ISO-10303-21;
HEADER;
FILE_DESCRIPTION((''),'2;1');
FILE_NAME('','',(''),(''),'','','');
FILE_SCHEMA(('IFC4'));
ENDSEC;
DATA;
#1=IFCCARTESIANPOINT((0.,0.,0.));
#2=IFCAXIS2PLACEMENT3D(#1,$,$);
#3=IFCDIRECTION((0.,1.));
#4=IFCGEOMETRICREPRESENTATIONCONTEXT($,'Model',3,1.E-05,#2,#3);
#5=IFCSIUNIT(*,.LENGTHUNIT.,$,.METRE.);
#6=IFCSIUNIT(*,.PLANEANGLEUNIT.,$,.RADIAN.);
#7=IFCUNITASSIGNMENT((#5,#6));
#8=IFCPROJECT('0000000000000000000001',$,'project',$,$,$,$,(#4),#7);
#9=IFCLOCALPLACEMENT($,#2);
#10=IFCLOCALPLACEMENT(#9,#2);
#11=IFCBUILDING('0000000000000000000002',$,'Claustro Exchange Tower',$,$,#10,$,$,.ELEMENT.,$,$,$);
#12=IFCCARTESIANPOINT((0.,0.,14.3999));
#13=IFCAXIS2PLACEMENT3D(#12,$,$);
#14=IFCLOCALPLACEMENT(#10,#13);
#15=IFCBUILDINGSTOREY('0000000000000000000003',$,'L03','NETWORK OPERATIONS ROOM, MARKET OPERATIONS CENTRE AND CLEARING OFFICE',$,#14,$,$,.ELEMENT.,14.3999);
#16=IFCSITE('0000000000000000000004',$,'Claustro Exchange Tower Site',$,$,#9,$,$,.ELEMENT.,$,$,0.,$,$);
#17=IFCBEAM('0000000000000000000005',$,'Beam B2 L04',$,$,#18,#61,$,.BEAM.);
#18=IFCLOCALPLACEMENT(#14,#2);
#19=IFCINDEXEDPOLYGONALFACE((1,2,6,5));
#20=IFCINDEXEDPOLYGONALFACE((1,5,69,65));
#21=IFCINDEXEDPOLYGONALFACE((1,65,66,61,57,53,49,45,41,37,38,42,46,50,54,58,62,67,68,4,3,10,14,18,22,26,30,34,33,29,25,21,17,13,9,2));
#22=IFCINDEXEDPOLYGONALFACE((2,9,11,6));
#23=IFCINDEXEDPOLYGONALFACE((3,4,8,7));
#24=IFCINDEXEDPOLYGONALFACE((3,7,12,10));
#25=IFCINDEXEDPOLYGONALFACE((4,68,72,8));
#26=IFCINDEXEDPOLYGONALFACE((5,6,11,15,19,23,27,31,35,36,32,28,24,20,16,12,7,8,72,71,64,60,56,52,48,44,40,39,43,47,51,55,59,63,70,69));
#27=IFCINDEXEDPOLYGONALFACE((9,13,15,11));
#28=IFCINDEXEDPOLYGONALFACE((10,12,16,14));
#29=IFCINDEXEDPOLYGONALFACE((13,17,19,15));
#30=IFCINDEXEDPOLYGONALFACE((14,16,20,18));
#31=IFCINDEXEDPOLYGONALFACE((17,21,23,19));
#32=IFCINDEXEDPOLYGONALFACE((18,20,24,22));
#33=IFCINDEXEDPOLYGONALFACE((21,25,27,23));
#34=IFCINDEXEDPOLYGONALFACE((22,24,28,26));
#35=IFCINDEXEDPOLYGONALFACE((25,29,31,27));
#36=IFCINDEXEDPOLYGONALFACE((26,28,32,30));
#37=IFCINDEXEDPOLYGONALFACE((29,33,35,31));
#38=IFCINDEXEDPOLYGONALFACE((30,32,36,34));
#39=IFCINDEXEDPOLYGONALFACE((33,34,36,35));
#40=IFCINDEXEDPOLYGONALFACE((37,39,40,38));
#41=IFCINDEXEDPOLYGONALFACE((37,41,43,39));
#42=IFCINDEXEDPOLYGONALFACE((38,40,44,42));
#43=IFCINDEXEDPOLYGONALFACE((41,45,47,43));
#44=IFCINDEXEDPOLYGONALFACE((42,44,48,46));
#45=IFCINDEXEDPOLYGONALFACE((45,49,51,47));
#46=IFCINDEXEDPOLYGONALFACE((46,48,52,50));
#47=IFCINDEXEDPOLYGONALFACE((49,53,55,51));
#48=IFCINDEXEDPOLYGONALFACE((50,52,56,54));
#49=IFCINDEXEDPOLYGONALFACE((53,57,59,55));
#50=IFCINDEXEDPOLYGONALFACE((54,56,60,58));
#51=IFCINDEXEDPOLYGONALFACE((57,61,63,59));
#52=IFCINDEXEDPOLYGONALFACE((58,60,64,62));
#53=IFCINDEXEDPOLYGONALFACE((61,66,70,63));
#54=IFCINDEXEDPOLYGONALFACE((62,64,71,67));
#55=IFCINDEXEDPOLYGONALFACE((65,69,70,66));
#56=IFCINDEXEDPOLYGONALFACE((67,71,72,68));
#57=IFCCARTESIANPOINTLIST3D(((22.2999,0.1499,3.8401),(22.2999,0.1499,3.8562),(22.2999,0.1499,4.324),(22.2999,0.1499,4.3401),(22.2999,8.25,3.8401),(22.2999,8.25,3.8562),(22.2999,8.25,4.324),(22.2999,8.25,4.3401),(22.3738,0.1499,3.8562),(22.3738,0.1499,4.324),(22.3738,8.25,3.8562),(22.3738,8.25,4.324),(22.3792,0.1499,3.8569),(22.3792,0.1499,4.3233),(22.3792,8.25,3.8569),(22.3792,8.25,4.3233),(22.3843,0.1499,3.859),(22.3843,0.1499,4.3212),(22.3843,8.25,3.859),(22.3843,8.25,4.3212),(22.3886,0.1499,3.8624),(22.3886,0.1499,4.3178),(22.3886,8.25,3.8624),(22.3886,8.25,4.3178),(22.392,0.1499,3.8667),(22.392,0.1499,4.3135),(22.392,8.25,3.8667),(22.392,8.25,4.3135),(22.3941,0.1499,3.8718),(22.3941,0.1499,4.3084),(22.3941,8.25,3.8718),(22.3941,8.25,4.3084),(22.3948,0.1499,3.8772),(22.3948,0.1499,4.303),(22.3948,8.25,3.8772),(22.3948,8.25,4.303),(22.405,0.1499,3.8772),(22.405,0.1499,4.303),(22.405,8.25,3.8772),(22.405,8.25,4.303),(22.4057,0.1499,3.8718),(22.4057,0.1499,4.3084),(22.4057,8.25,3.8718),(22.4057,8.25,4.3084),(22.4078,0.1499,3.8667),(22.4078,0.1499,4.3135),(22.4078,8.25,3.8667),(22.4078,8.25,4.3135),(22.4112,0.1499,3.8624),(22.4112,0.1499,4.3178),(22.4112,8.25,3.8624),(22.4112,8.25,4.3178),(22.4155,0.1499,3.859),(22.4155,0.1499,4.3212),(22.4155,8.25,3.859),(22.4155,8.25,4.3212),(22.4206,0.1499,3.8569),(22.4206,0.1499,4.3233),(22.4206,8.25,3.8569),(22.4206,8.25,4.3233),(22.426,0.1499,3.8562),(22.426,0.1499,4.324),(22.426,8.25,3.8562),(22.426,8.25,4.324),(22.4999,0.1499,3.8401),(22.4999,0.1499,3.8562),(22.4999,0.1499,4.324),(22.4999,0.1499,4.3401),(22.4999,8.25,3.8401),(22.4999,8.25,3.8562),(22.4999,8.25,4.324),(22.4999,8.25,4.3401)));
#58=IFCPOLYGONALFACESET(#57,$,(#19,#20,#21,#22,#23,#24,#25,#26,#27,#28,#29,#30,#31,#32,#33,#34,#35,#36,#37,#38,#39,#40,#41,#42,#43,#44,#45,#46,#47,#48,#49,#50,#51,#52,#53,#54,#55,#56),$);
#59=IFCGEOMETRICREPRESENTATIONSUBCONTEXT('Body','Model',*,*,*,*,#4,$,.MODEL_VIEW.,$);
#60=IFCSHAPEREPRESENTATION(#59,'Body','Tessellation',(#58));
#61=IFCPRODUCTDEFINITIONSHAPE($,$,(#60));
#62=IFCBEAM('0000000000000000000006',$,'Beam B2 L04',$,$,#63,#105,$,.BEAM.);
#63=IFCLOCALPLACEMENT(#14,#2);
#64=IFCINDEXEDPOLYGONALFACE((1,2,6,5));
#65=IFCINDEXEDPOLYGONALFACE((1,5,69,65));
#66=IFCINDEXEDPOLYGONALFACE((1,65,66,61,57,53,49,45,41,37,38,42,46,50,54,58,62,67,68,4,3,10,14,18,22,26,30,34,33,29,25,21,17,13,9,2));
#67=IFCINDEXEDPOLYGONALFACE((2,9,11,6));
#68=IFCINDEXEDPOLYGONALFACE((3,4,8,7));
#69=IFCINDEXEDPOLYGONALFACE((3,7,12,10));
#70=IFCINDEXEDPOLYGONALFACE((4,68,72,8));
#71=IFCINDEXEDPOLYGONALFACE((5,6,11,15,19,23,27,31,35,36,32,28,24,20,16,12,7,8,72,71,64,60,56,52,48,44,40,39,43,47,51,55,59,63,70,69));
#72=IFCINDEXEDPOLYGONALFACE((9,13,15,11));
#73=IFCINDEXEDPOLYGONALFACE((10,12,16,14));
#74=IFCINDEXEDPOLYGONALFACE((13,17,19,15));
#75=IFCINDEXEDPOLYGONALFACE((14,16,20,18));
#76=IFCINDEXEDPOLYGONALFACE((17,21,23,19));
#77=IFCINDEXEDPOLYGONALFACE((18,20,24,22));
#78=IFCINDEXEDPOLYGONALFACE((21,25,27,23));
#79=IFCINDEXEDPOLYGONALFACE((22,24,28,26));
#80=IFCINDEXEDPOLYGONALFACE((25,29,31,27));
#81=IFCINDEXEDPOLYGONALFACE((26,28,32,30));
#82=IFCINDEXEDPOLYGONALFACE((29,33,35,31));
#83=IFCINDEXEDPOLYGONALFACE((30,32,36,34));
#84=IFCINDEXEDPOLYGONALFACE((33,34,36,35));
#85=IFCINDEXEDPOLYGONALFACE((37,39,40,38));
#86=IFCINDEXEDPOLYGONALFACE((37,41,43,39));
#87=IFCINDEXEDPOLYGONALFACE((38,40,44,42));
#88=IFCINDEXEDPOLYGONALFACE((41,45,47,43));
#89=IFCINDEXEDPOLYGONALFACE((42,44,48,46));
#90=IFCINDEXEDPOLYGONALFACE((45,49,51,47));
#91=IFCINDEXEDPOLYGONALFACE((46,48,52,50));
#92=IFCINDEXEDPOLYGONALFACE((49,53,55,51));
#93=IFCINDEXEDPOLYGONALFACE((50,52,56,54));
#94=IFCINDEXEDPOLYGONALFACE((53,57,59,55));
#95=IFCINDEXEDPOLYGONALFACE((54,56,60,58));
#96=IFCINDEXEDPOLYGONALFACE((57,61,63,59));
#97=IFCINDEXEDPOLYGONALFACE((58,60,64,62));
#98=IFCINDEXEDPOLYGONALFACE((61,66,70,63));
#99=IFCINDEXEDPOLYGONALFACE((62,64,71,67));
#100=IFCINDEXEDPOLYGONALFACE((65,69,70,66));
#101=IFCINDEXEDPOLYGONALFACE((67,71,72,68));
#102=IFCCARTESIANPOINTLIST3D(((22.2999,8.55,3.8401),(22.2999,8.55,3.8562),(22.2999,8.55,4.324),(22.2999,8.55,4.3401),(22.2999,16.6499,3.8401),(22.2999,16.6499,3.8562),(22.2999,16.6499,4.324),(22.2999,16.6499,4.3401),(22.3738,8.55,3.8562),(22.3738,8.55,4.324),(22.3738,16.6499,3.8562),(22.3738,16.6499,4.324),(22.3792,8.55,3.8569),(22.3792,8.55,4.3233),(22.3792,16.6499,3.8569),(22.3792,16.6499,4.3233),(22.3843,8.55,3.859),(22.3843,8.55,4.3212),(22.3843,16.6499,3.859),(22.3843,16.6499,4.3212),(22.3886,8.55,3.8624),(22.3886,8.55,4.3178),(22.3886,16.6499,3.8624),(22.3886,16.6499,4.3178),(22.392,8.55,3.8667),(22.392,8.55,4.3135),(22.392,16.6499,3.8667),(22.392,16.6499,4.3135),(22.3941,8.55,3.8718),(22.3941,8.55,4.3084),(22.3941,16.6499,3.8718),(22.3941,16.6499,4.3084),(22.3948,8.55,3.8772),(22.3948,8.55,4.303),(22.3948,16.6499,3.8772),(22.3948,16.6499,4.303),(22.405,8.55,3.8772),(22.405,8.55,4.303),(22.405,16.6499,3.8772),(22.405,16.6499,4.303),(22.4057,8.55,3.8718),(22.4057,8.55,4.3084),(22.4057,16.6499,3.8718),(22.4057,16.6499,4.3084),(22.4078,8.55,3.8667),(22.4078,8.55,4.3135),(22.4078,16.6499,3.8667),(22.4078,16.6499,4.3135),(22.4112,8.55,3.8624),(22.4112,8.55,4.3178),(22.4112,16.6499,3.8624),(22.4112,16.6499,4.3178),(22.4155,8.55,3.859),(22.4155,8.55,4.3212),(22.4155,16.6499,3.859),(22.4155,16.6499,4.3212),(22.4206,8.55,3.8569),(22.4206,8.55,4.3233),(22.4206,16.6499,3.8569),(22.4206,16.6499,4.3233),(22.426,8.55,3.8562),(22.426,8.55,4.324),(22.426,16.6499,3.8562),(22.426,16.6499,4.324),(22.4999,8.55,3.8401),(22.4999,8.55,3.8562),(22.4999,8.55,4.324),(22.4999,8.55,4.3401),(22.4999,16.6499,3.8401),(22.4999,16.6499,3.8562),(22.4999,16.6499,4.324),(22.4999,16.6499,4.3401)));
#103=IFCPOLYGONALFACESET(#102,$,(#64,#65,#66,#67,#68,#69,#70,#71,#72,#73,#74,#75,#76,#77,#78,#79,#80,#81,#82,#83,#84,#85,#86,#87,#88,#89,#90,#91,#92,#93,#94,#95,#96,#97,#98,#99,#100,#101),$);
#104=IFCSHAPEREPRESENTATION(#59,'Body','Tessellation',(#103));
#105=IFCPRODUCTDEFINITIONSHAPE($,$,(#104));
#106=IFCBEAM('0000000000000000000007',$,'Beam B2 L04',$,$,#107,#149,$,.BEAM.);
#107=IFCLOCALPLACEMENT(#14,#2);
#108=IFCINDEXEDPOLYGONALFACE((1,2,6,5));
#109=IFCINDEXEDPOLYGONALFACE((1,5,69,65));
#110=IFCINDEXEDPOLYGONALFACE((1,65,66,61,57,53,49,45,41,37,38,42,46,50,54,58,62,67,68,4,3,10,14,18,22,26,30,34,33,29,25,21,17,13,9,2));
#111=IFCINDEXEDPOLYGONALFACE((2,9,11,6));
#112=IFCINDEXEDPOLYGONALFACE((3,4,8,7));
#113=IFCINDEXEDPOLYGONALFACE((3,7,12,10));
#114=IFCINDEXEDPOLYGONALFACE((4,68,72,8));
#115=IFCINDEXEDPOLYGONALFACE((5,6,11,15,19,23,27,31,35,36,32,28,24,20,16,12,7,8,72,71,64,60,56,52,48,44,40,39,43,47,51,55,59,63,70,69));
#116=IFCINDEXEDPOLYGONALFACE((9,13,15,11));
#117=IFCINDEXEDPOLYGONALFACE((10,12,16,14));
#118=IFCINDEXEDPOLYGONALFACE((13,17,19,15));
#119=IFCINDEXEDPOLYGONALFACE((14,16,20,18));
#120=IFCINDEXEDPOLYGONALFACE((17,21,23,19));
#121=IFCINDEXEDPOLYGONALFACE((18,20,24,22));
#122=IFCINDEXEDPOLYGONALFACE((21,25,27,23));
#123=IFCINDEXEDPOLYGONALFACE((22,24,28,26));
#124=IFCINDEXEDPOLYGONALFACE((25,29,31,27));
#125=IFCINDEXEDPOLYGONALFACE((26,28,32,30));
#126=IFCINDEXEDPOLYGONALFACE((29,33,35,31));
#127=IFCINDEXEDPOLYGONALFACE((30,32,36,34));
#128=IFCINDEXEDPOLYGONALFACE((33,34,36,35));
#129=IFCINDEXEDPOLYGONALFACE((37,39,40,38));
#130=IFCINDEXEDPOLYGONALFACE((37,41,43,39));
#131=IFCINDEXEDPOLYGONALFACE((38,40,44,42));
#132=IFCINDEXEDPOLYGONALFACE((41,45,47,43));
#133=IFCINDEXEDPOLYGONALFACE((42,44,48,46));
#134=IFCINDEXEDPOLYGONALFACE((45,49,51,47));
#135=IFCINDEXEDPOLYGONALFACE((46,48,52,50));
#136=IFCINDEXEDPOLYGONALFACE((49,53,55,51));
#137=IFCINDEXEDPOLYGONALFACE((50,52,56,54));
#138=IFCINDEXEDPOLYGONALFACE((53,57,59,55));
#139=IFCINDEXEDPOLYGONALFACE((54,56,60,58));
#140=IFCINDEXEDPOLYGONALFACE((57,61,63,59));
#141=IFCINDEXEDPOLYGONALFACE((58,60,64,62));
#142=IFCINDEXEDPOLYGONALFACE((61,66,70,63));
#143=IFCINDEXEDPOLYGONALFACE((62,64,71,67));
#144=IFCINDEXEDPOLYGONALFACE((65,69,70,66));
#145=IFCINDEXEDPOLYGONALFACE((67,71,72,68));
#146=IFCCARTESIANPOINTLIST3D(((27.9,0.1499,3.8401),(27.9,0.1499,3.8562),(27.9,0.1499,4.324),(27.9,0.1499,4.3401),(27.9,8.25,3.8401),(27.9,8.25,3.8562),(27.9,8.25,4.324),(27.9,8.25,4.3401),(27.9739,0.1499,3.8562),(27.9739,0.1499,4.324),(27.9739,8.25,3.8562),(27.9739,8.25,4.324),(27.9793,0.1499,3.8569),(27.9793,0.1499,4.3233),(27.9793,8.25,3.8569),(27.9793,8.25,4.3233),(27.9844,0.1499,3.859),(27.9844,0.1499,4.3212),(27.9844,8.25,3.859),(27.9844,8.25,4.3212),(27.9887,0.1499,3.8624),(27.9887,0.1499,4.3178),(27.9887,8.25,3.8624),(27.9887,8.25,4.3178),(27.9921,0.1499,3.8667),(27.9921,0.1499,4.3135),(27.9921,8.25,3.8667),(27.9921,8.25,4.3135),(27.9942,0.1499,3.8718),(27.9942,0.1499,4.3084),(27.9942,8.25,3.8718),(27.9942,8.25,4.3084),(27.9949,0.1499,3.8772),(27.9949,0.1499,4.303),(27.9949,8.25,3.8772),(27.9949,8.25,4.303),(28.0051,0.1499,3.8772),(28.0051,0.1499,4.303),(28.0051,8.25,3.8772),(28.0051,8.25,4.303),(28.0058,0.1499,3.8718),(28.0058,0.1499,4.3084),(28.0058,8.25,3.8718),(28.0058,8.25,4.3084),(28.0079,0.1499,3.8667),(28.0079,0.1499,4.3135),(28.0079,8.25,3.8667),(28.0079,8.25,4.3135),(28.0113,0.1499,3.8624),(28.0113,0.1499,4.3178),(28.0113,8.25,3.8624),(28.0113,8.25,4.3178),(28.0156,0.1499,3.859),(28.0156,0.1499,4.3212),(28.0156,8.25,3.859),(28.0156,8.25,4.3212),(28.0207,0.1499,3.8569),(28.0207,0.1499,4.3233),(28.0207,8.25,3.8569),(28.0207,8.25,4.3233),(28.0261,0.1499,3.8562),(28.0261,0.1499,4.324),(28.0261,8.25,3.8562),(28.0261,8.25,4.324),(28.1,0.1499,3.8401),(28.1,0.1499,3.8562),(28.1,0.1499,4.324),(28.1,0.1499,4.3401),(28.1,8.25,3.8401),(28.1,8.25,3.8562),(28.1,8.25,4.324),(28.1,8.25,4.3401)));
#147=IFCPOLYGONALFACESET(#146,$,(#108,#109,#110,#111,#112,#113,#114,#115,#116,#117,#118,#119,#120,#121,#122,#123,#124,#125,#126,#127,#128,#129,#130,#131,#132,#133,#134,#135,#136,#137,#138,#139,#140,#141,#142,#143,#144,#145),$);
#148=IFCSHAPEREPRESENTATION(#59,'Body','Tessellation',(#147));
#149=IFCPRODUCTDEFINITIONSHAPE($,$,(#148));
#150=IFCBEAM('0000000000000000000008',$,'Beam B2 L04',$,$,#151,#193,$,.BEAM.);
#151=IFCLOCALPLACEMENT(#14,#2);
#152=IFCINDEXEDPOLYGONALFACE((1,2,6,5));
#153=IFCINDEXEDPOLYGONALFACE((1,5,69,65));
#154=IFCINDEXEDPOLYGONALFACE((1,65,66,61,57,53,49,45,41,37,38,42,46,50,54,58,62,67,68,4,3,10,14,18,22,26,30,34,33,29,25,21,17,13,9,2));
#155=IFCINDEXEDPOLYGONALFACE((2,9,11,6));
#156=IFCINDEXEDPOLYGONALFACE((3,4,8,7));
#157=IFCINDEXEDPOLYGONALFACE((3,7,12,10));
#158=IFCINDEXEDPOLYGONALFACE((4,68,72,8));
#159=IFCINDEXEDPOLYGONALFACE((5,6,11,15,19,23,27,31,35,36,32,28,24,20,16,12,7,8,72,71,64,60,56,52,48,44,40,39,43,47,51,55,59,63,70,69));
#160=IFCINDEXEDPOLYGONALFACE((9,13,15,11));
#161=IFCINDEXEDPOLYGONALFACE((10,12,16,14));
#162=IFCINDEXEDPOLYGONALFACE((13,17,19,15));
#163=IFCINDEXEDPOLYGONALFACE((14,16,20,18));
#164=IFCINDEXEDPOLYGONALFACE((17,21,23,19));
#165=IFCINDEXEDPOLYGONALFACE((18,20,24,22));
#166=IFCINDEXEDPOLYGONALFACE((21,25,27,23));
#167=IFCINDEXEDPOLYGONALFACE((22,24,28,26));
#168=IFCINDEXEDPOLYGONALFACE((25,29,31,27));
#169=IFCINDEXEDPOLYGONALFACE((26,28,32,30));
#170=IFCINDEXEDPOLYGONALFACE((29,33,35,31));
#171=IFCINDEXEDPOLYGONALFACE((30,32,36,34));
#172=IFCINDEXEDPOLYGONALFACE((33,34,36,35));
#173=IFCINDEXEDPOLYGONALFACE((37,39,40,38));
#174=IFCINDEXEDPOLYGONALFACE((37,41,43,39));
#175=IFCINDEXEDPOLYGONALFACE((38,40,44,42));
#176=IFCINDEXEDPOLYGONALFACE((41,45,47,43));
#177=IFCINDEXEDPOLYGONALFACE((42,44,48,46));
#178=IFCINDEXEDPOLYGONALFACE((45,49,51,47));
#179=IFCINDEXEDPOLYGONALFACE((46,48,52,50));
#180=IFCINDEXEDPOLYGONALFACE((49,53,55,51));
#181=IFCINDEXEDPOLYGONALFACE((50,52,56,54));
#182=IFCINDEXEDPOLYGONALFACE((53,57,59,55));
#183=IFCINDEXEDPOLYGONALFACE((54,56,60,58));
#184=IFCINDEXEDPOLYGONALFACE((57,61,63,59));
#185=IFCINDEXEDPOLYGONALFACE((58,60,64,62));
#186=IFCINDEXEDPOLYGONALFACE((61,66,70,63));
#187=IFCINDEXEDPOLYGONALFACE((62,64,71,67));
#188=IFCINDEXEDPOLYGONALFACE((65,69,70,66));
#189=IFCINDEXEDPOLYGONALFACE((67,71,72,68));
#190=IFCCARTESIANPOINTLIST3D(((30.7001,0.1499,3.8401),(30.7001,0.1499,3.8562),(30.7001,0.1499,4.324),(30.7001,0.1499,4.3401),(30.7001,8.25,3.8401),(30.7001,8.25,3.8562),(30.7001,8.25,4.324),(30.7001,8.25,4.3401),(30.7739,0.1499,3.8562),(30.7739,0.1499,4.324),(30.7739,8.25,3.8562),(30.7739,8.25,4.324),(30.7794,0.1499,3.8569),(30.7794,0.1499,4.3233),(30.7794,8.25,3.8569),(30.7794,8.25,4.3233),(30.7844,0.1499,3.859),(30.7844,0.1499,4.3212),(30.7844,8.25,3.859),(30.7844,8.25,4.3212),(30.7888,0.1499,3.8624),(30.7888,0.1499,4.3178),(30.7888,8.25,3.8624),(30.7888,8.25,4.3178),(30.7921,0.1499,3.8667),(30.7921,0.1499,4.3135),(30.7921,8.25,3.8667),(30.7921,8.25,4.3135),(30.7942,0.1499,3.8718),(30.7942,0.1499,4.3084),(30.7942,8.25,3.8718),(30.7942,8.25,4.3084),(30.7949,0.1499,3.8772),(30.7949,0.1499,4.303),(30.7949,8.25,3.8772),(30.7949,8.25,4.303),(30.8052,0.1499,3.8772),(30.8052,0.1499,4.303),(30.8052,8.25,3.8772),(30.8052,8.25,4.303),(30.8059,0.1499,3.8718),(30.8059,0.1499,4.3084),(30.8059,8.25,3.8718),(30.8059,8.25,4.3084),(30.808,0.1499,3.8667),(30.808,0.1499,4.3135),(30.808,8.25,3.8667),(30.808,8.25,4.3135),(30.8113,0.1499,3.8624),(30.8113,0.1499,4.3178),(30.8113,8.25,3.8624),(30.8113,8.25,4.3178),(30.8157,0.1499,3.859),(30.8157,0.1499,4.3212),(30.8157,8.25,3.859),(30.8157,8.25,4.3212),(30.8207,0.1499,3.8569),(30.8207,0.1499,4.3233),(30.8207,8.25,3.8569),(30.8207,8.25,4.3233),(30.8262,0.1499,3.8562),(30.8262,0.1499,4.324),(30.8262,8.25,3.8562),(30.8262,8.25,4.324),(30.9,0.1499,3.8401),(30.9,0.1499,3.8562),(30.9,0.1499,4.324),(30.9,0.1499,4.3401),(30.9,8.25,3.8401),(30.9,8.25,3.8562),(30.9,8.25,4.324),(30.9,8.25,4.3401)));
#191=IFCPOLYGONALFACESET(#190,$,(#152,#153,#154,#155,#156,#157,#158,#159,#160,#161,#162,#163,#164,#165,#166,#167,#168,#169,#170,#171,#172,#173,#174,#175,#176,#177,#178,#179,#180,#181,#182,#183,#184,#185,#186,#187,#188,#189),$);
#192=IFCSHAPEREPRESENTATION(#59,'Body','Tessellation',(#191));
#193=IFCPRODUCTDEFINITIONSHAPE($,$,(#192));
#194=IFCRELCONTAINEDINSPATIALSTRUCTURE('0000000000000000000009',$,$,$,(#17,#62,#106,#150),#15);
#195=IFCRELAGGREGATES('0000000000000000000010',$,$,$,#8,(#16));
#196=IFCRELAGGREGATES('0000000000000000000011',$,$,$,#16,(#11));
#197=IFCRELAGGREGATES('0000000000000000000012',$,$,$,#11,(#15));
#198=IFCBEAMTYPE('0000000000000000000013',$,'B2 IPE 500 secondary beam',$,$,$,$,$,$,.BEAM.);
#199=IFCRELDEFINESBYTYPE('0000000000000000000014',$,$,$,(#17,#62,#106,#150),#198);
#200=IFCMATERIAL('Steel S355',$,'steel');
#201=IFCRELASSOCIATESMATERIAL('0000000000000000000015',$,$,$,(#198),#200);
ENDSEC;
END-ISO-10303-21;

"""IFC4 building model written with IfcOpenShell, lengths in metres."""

from ifc_helpers import new_model, si_unit, direction, frame, origin, origin_2d, place, context, subcontext, project, spatial, i_section, extrude, material, material_profile, profile_set, type_object, element, save


model = new_model("IFC4")

# Units and contexts
model_context = context("Model", 3, precision=1e-05, world=origin(), true_north=direction((0.0, 1.0)))
body_context = subcontext(model_context, "Body", "Model", "MODEL_VIEW")
ifc_project = project(units=[si_unit("LENGTHUNIT", "METRE"), si_unit("PLANEANGLEUNIT", "RADIAN")], contexts=[model_context])

# Site, building, storey
site_placement = place(None, origin())
site = spatial("IfcSite", under=ifc_project, at=site_placement, Name="Claustro Exchange Tower Site", CompositionType="ELEMENT", RefElevation=0.0)
building_placement = place(site_placement, origin())
building = spatial("IfcBuilding", under=site, at=building_placement, Name="Claustro Exchange Tower", CompositionType="ELEMENT")
storey_placement = place(building_placement, frame((0.0, 0.0, 14.3999)))
storey = spatial("IfcBuildingStorey", under=building, at=storey_placement, Name="L03", Description="NETWORK OPERATIONS ROOM, MARKET OPERATIONS CENTRE AND CLEARING OFFICE", CompositionType="ELEMENT", Elevation=14.3999)

# Beams
ifc_material_1 = material(Name="Steel S355", Category="steel")
ifc_material_profile_1 = material_profile(ifc_material_1, i_section(OverallWidth=0.2, OverallDepth=0.5, WebThickness=0.0103, FlangeThickness=0.0161, FilletRadius=0.021, at=origin_2d()), Name="IPE 500")
ifc_profile_set_1 = profile_set([ifc_material_profile_1], Name="Steel S355")
beam_type_1 = type_object("IfcBeamType", Name="B2 IPE 500 secondary beam", PredefinedType="BEAM", material=ifc_profile_set_1)
beam_1_placement = place(storey_placement, frame((22.3999, 0.1499, 4.0901), z_axis=(0.0, 1.0, 0.0), x_axis=(-1.0, 0.0, 0.0)))
element("IfcBeam", 1, at=beam_1_placement, inside=storey, type_object=beam_type_1, Name="Beam B2 L04", PredefinedType="BEAM", context=body_context, shape_type="SweptSolid", body=[
    extrude(i_section(OverallWidth=0.2, OverallDepth=0.5, WebThickness=0.0103, FlangeThickness=0.0161, FilletRadius=0.021, at=origin_2d()), origin(), (0.0, 0.0, 1.0), 8.1001),
])
beam_2_placement = place(storey_placement, frame((22.3999, 8.55, 4.0901), z_axis=(0.0, 1.0, 0.0), x_axis=(-1.0, 0.0, 0.0)))
element("IfcBeam", 2, at=beam_2_placement, inside=storey, type_object=beam_type_1, Name="Beam B2 L04", PredefinedType="BEAM", context=body_context, shape_type="SweptSolid", body=[
    extrude(i_section(OverallWidth=0.2, OverallDepth=0.5, WebThickness=0.0103, FlangeThickness=0.0161, FilletRadius=0.021, at=origin_2d()), origin(), (0.0, 0.0, 1.0), 8.0999),
])
for number, where, z_axis, x_axis, name in (
    (3, (28.0, 0.1499, 4.0901), (0.0, 1.0, 0.0), (-1.0, 0.0, 0.0), "Beam B2 L04"),
    (4, (30.8, 0.1499, 4.0901), (0.0, 1.0, 0.0), (-1.0, 0.0, 0.0), "Beam B2 L04"),
):
    element("IfcBeam", number, at=place(storey_placement, frame(where, z_axis=z_axis, x_axis=x_axis)), inside=storey, type_object=beam_type_1, Name=name, PredefinedType="BEAM", context=body_context, shape_type="SweptSolid", body=[
        extrude(i_section(OverallWidth=0.2, OverallDepth=0.5, WebThickness=0.0103, FlangeThickness=0.0161, FilletRadius=0.021, at=origin_2d()), origin(), (0.0, 0.0, 1.0), 8.1001),
    ])

save(model, "model.ifc")
